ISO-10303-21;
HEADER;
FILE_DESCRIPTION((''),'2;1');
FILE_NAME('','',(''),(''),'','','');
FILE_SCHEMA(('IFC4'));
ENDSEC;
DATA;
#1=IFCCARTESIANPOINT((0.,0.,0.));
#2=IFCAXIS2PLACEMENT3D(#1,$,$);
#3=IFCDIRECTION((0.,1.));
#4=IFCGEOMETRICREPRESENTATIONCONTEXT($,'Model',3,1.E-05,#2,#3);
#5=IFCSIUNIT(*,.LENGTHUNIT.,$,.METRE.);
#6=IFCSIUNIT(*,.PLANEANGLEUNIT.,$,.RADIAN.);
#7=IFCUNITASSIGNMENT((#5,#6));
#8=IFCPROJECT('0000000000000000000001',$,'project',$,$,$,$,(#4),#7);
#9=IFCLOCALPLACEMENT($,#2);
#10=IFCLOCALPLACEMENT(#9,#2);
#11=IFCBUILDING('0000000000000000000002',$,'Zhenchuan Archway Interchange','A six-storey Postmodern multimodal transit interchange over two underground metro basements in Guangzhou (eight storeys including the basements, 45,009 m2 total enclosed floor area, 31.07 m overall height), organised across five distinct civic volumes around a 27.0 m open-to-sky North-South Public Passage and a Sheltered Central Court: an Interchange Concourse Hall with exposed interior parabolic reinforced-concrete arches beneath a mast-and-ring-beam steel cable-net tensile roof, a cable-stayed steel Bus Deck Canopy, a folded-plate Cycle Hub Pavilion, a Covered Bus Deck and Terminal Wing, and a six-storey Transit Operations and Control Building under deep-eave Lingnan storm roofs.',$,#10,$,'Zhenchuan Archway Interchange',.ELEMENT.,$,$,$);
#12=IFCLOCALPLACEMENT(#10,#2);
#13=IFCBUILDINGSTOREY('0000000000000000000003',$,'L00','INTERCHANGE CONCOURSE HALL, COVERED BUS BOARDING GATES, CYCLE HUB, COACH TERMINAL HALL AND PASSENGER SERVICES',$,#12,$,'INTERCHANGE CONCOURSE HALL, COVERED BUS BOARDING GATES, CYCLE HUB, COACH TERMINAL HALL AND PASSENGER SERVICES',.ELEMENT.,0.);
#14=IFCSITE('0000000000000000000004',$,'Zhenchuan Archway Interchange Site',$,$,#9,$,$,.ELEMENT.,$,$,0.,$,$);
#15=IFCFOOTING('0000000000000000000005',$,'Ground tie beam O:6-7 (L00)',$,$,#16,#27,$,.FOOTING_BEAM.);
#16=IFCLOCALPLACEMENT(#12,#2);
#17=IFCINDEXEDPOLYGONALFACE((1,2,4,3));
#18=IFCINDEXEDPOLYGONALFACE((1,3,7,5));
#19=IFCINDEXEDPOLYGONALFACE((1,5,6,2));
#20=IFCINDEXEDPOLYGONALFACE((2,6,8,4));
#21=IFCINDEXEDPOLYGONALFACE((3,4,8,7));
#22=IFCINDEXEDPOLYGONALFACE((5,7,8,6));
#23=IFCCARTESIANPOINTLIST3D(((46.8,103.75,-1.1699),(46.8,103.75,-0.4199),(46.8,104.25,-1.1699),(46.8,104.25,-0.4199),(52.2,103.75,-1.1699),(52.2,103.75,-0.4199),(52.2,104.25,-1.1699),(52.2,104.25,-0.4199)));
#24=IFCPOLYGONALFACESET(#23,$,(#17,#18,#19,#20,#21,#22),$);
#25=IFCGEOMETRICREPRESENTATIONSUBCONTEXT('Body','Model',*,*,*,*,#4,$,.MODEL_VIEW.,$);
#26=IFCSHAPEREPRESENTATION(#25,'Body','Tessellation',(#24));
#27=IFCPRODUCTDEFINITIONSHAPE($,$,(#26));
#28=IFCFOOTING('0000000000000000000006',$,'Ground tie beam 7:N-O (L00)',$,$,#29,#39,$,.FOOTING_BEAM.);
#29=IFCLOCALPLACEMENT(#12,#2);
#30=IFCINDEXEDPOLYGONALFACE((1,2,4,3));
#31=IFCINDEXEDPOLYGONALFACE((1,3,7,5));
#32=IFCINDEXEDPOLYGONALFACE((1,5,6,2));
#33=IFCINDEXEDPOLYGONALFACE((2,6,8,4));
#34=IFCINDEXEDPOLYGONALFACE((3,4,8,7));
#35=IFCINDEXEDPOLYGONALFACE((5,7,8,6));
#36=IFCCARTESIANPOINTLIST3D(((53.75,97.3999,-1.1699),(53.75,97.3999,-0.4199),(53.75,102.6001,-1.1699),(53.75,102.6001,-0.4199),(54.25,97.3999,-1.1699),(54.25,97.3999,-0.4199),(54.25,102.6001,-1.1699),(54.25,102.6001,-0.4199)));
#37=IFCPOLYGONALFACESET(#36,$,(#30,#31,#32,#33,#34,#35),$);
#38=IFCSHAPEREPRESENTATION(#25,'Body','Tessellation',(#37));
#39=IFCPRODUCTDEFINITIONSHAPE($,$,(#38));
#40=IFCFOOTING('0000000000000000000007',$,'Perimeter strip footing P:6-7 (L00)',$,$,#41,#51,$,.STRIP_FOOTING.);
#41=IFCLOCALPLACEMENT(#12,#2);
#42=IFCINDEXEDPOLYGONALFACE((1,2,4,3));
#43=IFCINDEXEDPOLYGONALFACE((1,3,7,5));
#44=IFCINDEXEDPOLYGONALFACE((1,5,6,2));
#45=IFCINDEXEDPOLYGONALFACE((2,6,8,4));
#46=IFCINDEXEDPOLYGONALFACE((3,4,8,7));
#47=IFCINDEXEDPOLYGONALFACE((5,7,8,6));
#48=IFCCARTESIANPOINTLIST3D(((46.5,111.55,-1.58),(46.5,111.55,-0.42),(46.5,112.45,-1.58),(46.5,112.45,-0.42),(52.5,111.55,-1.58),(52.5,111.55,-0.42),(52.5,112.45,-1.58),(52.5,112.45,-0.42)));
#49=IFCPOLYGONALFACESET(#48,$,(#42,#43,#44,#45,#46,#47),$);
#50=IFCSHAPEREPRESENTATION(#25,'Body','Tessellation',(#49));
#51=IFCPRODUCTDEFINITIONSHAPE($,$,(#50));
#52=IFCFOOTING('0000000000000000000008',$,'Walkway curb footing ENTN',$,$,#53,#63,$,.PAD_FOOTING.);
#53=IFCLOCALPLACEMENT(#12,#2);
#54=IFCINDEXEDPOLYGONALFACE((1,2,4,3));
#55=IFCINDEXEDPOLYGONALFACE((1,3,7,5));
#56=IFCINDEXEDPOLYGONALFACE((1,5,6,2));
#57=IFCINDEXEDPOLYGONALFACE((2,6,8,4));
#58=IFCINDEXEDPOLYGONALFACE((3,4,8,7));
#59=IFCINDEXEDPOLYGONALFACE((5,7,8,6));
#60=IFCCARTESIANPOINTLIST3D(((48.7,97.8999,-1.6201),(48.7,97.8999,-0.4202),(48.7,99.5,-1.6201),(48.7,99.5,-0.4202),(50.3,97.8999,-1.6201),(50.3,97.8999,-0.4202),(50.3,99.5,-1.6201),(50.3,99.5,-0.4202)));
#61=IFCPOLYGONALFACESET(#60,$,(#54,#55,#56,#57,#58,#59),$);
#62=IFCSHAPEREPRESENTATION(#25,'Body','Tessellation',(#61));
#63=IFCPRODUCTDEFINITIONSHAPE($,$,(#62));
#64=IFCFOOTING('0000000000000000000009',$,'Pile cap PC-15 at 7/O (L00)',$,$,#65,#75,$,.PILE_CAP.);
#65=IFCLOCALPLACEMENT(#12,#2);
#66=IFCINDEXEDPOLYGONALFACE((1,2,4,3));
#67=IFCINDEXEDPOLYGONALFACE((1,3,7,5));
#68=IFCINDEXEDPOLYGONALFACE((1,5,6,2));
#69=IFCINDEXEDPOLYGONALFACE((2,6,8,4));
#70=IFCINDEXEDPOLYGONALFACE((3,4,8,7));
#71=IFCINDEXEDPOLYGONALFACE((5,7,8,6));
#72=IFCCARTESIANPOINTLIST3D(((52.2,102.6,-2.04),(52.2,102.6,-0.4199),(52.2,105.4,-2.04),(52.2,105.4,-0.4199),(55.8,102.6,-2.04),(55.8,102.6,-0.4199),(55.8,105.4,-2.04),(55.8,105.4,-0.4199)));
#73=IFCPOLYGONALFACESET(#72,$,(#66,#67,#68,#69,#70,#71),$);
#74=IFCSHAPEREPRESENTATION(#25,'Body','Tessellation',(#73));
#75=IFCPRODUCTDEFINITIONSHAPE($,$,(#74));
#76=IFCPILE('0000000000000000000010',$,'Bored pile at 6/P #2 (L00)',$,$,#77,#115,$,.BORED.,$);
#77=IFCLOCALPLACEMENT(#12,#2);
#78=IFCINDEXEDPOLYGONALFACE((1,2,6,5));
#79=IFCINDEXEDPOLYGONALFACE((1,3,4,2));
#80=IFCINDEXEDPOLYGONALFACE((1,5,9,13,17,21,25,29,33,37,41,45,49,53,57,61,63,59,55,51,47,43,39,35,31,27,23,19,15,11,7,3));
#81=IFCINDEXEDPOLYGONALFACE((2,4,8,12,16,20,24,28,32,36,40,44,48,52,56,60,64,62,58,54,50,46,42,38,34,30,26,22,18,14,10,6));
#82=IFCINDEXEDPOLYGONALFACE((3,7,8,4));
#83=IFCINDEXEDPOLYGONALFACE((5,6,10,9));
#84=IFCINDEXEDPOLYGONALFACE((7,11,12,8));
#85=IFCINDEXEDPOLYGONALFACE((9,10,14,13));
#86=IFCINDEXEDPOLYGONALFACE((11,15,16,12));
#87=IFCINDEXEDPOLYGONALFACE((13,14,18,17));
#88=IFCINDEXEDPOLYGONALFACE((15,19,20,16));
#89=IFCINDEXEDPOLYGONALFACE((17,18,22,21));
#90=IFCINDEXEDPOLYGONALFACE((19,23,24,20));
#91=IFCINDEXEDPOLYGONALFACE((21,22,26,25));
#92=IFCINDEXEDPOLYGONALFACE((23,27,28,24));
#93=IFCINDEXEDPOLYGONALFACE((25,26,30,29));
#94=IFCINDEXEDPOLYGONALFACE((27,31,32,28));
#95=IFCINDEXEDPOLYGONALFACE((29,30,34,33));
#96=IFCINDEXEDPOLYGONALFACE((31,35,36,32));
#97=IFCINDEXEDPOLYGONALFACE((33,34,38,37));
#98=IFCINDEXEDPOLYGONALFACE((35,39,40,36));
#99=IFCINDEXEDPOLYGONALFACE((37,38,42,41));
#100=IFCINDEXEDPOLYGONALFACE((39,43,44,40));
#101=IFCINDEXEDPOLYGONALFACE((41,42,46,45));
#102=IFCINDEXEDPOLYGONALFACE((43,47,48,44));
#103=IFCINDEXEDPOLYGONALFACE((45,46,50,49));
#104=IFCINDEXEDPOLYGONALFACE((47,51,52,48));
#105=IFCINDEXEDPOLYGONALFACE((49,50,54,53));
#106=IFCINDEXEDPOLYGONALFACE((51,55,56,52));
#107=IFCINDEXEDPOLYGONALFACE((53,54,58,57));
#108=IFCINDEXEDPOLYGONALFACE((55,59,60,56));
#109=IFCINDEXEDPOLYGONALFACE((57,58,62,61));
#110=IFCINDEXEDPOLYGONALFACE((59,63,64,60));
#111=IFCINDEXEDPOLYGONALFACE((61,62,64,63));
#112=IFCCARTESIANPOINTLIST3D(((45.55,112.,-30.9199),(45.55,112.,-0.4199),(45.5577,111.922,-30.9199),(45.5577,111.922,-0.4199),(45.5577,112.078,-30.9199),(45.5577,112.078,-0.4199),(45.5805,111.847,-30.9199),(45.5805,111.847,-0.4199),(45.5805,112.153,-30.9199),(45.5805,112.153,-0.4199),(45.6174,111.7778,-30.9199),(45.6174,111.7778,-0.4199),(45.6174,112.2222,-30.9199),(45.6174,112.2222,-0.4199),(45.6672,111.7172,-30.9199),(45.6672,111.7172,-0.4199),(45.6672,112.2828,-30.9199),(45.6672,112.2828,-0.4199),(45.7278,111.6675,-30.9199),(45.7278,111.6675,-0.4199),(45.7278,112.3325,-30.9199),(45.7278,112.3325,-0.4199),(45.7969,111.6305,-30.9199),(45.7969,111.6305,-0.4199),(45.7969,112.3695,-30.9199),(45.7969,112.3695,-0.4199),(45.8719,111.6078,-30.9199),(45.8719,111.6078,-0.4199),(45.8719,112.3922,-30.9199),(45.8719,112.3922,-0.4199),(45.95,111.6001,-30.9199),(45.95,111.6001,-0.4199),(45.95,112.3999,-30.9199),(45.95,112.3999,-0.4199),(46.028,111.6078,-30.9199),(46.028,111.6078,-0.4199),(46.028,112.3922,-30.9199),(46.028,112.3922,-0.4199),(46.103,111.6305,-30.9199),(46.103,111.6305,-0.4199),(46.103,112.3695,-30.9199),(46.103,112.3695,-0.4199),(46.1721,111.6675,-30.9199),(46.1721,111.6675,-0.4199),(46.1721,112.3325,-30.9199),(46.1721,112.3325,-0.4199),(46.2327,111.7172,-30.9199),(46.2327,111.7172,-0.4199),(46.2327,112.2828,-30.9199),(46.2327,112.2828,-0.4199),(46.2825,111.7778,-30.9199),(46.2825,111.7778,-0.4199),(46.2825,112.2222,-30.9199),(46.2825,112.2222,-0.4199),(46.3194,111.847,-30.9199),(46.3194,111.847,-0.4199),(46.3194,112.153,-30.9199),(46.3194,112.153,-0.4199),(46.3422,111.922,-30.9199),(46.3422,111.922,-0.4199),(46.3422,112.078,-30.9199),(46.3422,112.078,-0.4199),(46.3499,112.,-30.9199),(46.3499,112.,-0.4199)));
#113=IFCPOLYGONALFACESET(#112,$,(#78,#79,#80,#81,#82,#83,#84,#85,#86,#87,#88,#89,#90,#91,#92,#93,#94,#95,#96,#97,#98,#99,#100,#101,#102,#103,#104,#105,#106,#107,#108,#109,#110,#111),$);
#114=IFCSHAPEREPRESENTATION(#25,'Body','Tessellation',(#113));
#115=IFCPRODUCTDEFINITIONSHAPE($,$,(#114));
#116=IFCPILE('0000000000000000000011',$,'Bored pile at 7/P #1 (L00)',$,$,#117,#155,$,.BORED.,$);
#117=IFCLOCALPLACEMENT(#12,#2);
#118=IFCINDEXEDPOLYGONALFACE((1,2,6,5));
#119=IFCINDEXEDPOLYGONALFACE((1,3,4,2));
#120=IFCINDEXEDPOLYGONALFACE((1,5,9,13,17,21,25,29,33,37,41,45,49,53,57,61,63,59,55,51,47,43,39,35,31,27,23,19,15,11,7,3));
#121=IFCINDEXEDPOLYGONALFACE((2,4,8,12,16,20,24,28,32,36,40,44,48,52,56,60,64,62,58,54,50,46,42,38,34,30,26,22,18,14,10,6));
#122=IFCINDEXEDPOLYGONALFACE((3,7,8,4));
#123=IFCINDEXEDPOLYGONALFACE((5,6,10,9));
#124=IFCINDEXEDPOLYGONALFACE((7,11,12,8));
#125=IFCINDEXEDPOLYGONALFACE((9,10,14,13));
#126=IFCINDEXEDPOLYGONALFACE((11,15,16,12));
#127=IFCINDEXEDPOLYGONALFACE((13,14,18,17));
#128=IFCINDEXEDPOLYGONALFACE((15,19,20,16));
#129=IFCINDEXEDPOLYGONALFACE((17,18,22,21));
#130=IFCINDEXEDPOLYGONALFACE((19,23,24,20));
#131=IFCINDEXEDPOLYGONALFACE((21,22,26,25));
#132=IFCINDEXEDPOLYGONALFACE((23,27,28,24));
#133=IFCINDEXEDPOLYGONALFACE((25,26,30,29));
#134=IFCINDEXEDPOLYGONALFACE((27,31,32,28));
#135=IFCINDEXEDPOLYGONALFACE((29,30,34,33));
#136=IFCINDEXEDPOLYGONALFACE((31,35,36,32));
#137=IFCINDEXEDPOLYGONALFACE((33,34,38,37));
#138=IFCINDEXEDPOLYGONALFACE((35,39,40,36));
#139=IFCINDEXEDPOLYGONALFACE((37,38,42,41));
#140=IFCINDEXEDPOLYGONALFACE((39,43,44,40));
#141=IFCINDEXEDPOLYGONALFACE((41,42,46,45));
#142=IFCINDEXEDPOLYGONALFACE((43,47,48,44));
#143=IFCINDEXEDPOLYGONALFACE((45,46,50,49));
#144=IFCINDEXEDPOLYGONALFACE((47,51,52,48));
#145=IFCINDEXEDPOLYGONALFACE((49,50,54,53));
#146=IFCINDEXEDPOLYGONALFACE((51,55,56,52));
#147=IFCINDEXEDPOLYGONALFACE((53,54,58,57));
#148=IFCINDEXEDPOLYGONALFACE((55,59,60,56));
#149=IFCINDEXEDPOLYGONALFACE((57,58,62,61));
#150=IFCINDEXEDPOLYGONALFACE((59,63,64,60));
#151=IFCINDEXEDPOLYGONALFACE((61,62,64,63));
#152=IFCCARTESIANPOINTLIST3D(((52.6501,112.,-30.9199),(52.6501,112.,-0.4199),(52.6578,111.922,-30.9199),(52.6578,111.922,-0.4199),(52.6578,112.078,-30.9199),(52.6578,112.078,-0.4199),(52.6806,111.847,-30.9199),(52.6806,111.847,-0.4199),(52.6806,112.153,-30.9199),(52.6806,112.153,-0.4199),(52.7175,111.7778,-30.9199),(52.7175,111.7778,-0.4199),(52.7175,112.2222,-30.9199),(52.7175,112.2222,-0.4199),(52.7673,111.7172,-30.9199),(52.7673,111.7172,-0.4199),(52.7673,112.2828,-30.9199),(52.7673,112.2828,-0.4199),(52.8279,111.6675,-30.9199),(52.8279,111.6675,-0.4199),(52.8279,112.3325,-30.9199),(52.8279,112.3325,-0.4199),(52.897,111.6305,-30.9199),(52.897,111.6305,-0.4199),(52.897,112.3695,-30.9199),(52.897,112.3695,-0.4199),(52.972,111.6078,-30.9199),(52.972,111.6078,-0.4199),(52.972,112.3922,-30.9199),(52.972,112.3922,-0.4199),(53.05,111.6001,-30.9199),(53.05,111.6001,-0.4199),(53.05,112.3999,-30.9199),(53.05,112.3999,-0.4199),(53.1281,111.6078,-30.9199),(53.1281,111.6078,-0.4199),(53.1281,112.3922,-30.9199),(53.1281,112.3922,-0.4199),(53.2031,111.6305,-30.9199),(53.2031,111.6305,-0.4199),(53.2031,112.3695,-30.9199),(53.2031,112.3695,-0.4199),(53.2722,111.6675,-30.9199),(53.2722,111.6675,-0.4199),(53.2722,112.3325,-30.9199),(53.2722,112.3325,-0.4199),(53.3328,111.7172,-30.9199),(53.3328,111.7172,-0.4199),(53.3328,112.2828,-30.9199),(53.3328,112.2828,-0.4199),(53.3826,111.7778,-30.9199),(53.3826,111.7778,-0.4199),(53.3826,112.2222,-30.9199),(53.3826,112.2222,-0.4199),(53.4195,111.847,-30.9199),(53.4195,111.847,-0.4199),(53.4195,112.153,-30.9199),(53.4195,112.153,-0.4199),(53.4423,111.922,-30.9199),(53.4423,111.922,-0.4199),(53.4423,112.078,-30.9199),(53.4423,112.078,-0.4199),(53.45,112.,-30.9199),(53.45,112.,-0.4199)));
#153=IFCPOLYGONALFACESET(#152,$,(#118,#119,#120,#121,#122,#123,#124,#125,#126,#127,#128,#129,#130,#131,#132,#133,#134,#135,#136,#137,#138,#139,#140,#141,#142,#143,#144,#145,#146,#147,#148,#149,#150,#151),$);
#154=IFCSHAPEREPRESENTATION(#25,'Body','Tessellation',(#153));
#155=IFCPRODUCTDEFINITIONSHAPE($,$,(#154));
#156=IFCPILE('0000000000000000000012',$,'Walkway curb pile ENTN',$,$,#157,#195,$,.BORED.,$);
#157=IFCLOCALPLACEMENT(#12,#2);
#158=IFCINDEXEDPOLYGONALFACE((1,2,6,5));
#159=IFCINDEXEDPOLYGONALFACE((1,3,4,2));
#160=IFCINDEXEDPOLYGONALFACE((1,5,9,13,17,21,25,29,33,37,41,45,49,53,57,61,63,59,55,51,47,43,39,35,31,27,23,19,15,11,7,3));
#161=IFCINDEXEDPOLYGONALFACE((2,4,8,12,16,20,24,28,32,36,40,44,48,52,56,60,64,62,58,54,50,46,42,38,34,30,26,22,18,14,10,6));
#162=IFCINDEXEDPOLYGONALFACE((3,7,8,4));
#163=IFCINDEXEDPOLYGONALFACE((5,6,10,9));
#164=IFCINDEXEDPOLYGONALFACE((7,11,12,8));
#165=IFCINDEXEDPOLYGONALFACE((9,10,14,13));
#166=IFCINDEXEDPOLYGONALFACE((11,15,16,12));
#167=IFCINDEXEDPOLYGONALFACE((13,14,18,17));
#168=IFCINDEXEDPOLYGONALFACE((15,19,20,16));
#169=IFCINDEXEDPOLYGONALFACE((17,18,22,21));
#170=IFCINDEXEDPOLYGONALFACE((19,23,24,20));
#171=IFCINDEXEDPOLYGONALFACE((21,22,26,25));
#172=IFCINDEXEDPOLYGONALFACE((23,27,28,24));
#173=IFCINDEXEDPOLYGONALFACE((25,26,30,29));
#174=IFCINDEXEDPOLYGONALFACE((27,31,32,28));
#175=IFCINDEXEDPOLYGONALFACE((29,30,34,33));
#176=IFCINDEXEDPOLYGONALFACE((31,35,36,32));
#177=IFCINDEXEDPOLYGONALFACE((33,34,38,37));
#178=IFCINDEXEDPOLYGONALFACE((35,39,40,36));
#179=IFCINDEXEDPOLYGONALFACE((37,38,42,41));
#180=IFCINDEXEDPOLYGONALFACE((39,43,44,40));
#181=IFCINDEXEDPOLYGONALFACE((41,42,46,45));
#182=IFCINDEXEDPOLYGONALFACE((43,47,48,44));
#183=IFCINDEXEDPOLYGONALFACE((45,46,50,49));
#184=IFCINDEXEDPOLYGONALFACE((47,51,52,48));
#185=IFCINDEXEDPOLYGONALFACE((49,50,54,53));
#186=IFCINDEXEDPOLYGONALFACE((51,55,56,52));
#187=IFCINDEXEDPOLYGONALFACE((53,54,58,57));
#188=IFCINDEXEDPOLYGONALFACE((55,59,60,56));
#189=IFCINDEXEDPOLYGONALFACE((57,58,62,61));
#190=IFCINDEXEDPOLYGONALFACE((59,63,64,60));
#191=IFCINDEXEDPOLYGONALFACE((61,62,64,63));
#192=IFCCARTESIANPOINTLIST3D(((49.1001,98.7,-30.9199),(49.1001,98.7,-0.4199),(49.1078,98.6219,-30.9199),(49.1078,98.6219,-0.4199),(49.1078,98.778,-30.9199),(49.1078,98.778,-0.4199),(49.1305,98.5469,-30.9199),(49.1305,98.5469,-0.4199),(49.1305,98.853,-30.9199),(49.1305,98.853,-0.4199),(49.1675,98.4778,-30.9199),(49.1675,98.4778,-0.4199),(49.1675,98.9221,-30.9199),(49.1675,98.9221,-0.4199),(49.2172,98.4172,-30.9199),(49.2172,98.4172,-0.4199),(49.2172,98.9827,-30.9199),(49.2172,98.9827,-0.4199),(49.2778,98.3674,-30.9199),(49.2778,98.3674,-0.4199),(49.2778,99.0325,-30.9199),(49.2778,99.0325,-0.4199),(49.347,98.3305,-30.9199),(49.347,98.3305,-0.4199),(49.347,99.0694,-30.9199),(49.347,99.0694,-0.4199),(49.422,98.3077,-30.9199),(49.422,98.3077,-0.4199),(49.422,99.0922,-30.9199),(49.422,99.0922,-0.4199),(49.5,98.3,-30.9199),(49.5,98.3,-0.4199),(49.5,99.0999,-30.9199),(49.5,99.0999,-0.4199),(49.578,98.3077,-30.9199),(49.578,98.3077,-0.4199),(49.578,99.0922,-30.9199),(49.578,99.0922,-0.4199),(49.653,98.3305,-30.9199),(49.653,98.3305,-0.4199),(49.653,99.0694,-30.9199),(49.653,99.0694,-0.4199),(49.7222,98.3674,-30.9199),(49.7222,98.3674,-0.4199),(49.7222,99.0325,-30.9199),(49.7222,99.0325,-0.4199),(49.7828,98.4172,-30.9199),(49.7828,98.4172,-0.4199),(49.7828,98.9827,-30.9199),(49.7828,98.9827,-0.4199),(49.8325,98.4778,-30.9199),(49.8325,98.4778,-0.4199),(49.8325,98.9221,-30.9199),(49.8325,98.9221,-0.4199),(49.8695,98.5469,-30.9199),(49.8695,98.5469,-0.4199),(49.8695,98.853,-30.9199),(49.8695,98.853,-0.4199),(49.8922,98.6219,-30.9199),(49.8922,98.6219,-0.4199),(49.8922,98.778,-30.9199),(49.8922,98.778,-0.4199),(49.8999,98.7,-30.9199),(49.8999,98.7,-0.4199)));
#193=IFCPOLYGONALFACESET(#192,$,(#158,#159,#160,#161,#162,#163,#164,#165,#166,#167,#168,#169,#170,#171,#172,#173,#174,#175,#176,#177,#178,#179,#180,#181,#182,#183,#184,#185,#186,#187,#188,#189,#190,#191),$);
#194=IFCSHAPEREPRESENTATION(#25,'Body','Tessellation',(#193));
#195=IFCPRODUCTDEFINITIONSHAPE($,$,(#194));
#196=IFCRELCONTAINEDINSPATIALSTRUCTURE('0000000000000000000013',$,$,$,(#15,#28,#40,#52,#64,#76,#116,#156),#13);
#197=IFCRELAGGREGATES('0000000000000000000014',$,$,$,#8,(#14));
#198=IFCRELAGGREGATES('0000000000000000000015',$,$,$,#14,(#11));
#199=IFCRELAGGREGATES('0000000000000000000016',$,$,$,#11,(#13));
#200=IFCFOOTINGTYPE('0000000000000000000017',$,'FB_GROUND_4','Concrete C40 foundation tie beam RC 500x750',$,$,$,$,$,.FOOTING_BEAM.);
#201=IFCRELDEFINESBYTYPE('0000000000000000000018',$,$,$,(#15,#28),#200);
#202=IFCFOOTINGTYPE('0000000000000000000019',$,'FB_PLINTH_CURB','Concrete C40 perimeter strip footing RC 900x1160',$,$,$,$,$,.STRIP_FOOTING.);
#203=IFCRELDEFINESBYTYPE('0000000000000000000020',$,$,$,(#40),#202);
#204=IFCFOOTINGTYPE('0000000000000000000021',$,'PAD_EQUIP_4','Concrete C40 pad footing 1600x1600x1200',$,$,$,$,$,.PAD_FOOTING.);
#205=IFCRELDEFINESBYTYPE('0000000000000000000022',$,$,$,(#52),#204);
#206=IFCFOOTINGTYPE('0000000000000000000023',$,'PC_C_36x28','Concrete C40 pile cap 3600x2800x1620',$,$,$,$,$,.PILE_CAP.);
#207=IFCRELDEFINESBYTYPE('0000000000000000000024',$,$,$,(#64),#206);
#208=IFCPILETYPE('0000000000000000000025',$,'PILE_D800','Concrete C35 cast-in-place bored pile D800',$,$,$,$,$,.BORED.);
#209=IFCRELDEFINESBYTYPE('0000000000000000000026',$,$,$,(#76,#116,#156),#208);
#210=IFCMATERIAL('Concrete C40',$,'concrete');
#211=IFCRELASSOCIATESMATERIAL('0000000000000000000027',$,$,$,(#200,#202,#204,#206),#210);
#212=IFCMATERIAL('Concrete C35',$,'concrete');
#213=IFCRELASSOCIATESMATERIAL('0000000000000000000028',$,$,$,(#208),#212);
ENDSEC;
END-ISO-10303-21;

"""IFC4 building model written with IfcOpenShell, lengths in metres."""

from ifc_helpers import new_model, si_unit, direction, frame, origin, origin_2d, place, context, subcontext, project, spatial, rectangle, circle, extrude, material, material_profile, profile_set, type_object, element, save


model = new_model("IFC4")

# Units and contexts
model_context = context("Model", 3, precision=1e-05, world=origin(), true_north=direction((0.0, 1.0)))
body_context = subcontext(model_context, "Body", "Model", "MODEL_VIEW")
ifc_project = project(units=[si_unit("LENGTHUNIT", "METRE"), si_unit("PLANEANGLEUNIT", "RADIAN")], contexts=[model_context])

# Site, building, storey
site_placement = place(None, origin())
site = spatial("IfcSite", under=ifc_project, at=site_placement, Name="Zhenchuan Archway Interchange Site", CompositionType="ELEMENT", RefElevation=0.0)
building_placement = place(site_placement, origin())
building = spatial("IfcBuilding", under=site, at=building_placement, Name="Zhenchuan Archway Interchange", Description="A six-storey Postmodern multimodal transit interchange over two underground metro basements in Guangzhou (eight storeys including the basements, 45,009 m2 total enclosed floor area, 31.07 m overall height), organised across five distinct civic volumes around a 27.0 m open-to-sky North-South Public Passage and a Sheltered Central Court: an Interchange Concourse Hall with exposed interior parabolic reinforced-concrete arches beneath a mast-and-ring-beam steel cable-net tensile roof, a cable-stayed steel Bus Deck Canopy, a folded-plate Cycle Hub Pavilion, a Covered Bus Deck and Terminal Wing, and a six-storey Transit Operations and Control Building under deep-eave Lingnan storm roofs.", LongName="Zhenchuan Archway Interchange", CompositionType="ELEMENT")
storey_placement = place(building_placement, origin())
storey = spatial("IfcBuildingStorey", under=building, at=storey_placement, Name="L00", Description="INTERCHANGE CONCOURSE HALL, COVERED BUS BOARDING GATES, CYCLE HUB, COACH TERMINAL HALL AND PASSENGER SERVICES", LongName="INTERCHANGE CONCOURSE HALL, COVERED BUS BOARDING GATES, CYCLE HUB, COACH TERMINAL HALL AND PASSENGER SERVICES", CompositionType="ELEMENT", Elevation=0.0)

# Footings
ifc_material_1 = material(Name="Concrete C40", Category="concrete")
ifc_material_profile_1 = material_profile(ifc_material_1, rectangle(XDim=0.5, YDim=0.75, at=origin_2d()), Name="RC 500x750")
ifc_profile_set_1 = profile_set([ifc_material_profile_1], Name="Concrete C40")
footing_type_1 = type_object("IfcFootingType", Name="FB_GROUND_4", Description="Concrete C40 foundation tie beam RC 500x750", PredefinedType="FOOTING_BEAM", material=ifc_profile_set_1)
footing_1_placement = place(storey_placement, frame((46.8, 104.0, -0.7949), z_axis=(1.0, 0.0, 0.0), x_axis=(0.0, 1.0, 0.0)))
element("IfcFooting", 1, at=footing_1_placement, inside=storey, type_object=footing_type_1, Name="Ground tie beam O:6-7 (L00)", PredefinedType="FOOTING_BEAM", context=body_context, shape_type="SweptSolid", body=[
    extrude(rectangle(XDim=0.5, YDim=0.75, at=origin_2d()), origin(), (0.0, 0.0, 1.0), 5.3999),
])
footing_2_placement = place(storey_placement, frame((54.0, 97.3999, -0.7949), z_axis=(0.0, 1.0, 0.0), x_axis=(-1.0, 0.0, 0.0)))
element("IfcFooting", 2, at=footing_2_placement, inside=storey, type_object=footing_type_1, Name="Ground tie beam 7:N-O (L00)", PredefinedType="FOOTING_BEAM", context=body_context, shape_type="SweptSolid", body=[
    extrude(rectangle(XDim=0.5, YDim=0.75, at=origin_2d()), origin(), (0.0, 0.0, 1.0), 5.2002),
])
ifc_material_profile_2 = material_profile(ifc_material_1, rectangle(XDim=0.8999, YDim=1.1599, at=origin_2d()), Name="RC 900x1160")
ifc_profile_set_2 = profile_set([ifc_material_profile_2], Name="Concrete C40")
footing_type_2 = type_object("IfcFootingType", Name="FB_PLINTH_CURB", Description="Concrete C40 perimeter strip footing RC 900x1160", PredefinedType="STRIP_FOOTING", material=ifc_profile_set_2)
footing_3_placement = place(storey_placement, frame((46.5, 112.0, -1.0), z_axis=(1.0, 0.0, 0.0), x_axis=(0.0, 1.0, 0.0)))
element("IfcFooting", 3, at=footing_3_placement, inside=storey, type_object=footing_type_2, Name="Perimeter strip footing P:6-7 (L00)", PredefinedType="STRIP_FOOTING", context=body_context, shape_type="SweptSolid", body=[
    extrude(rectangle(XDim=0.8999, YDim=1.1599, at=origin_2d()), origin(), (0.0, 0.0, 1.0), 6.0),
])
footing_type_3 = type_object("IfcFootingType", Name="PAD_EQUIP_4", Description="Concrete C40 pad footing 1600x1600x1200", PredefinedType="PAD_FOOTING", material=ifc_material_1)
footing_4_placement = place(storey_placement, frame((49.5, 98.7, -1.6201), z_axis=(0.0, 0.0, 1.0), x_axis=(1.0, 0.0, 0.0)))
element("IfcFooting", 4, at=footing_4_placement, inside=storey, type_object=footing_type_3, Name="Walkway curb footing ENTN", PredefinedType="PAD_FOOTING", context=body_context, shape_type="SweptSolid", body=[
    extrude(rectangle(XDim=1.6001, YDim=1.6001, at=origin_2d()), origin(), (0.0, 0.0, 1.0), 1.2),
])
footing_type_4 = type_object("IfcFootingType", Name="PC_C_36x28", Description="Concrete C40 pile cap 3600x2800x1620", PredefinedType="PILE_CAP", material=ifc_material_1)
footing_5_placement = place(storey_placement, frame((54.0, 104.0, -2.04), z_axis=(0.0, 0.0, 1.0), x_axis=(1.0, 0.0, 0.0)))
element("IfcFooting", 5, at=footing_5_placement, inside=storey, type_object=footing_type_4, Name="Pile cap PC-15 at 7/O (L00)", PredefinedType="PILE_CAP", context=body_context, shape_type="SweptSolid", body=[
    extrude(rectangle(XDim=3.6001, YDim=2.8, at=origin_2d()), origin(), (0.0, 0.0, 1.0), 1.6201),
])

# Piles
ifc_material_2 = material(Name="Concrete C35", Category="concrete")
ifc_material_profile_3 = material_profile(ifc_material_2, circle(Radius=0.3999, at=origin_2d()), Name="BORED PILE 800")
ifc_profile_set_3 = profile_set([ifc_material_profile_3], Name="Concrete C35")
pile_type_1 = type_object("IfcPileType", Name="PILE_D800", Description="Concrete C35 cast-in-place bored pile D800", PredefinedType="BORED", material=ifc_profile_set_3)
for number, where, z_axis, x_axis, name in (
    (6, (45.95, 112.0, -0.4199), (0.0, 0.0, -1.0), (1.0, 0.0, 0.0), "Bored pile at 6/P #2 (L00)"),
    (7, (53.05, 112.0, -0.4199), (0.0, 0.0, -1.0), (1.0, 0.0, 0.0), "Bored pile at 7/P #1 (L00)"),
    (8, (49.5, 98.7, -0.4199), (0.0, 0.0, -1.0), (1.0, 0.0, 0.0), "Walkway curb pile ENTN"),
):
    element("IfcPile", number, at=place(storey_placement, frame(where, z_axis=z_axis, x_axis=x_axis)), inside=storey, type_object=pile_type_1, Name=name, PredefinedType="BORED", context=body_context, shape_type="SweptSolid", body=[
        extrude(circle(Radius=0.3999, at=origin_2d()), origin(), (0.0, 0.0, 1.0), 30.5),
    ])

save(model, "model.ifc")
